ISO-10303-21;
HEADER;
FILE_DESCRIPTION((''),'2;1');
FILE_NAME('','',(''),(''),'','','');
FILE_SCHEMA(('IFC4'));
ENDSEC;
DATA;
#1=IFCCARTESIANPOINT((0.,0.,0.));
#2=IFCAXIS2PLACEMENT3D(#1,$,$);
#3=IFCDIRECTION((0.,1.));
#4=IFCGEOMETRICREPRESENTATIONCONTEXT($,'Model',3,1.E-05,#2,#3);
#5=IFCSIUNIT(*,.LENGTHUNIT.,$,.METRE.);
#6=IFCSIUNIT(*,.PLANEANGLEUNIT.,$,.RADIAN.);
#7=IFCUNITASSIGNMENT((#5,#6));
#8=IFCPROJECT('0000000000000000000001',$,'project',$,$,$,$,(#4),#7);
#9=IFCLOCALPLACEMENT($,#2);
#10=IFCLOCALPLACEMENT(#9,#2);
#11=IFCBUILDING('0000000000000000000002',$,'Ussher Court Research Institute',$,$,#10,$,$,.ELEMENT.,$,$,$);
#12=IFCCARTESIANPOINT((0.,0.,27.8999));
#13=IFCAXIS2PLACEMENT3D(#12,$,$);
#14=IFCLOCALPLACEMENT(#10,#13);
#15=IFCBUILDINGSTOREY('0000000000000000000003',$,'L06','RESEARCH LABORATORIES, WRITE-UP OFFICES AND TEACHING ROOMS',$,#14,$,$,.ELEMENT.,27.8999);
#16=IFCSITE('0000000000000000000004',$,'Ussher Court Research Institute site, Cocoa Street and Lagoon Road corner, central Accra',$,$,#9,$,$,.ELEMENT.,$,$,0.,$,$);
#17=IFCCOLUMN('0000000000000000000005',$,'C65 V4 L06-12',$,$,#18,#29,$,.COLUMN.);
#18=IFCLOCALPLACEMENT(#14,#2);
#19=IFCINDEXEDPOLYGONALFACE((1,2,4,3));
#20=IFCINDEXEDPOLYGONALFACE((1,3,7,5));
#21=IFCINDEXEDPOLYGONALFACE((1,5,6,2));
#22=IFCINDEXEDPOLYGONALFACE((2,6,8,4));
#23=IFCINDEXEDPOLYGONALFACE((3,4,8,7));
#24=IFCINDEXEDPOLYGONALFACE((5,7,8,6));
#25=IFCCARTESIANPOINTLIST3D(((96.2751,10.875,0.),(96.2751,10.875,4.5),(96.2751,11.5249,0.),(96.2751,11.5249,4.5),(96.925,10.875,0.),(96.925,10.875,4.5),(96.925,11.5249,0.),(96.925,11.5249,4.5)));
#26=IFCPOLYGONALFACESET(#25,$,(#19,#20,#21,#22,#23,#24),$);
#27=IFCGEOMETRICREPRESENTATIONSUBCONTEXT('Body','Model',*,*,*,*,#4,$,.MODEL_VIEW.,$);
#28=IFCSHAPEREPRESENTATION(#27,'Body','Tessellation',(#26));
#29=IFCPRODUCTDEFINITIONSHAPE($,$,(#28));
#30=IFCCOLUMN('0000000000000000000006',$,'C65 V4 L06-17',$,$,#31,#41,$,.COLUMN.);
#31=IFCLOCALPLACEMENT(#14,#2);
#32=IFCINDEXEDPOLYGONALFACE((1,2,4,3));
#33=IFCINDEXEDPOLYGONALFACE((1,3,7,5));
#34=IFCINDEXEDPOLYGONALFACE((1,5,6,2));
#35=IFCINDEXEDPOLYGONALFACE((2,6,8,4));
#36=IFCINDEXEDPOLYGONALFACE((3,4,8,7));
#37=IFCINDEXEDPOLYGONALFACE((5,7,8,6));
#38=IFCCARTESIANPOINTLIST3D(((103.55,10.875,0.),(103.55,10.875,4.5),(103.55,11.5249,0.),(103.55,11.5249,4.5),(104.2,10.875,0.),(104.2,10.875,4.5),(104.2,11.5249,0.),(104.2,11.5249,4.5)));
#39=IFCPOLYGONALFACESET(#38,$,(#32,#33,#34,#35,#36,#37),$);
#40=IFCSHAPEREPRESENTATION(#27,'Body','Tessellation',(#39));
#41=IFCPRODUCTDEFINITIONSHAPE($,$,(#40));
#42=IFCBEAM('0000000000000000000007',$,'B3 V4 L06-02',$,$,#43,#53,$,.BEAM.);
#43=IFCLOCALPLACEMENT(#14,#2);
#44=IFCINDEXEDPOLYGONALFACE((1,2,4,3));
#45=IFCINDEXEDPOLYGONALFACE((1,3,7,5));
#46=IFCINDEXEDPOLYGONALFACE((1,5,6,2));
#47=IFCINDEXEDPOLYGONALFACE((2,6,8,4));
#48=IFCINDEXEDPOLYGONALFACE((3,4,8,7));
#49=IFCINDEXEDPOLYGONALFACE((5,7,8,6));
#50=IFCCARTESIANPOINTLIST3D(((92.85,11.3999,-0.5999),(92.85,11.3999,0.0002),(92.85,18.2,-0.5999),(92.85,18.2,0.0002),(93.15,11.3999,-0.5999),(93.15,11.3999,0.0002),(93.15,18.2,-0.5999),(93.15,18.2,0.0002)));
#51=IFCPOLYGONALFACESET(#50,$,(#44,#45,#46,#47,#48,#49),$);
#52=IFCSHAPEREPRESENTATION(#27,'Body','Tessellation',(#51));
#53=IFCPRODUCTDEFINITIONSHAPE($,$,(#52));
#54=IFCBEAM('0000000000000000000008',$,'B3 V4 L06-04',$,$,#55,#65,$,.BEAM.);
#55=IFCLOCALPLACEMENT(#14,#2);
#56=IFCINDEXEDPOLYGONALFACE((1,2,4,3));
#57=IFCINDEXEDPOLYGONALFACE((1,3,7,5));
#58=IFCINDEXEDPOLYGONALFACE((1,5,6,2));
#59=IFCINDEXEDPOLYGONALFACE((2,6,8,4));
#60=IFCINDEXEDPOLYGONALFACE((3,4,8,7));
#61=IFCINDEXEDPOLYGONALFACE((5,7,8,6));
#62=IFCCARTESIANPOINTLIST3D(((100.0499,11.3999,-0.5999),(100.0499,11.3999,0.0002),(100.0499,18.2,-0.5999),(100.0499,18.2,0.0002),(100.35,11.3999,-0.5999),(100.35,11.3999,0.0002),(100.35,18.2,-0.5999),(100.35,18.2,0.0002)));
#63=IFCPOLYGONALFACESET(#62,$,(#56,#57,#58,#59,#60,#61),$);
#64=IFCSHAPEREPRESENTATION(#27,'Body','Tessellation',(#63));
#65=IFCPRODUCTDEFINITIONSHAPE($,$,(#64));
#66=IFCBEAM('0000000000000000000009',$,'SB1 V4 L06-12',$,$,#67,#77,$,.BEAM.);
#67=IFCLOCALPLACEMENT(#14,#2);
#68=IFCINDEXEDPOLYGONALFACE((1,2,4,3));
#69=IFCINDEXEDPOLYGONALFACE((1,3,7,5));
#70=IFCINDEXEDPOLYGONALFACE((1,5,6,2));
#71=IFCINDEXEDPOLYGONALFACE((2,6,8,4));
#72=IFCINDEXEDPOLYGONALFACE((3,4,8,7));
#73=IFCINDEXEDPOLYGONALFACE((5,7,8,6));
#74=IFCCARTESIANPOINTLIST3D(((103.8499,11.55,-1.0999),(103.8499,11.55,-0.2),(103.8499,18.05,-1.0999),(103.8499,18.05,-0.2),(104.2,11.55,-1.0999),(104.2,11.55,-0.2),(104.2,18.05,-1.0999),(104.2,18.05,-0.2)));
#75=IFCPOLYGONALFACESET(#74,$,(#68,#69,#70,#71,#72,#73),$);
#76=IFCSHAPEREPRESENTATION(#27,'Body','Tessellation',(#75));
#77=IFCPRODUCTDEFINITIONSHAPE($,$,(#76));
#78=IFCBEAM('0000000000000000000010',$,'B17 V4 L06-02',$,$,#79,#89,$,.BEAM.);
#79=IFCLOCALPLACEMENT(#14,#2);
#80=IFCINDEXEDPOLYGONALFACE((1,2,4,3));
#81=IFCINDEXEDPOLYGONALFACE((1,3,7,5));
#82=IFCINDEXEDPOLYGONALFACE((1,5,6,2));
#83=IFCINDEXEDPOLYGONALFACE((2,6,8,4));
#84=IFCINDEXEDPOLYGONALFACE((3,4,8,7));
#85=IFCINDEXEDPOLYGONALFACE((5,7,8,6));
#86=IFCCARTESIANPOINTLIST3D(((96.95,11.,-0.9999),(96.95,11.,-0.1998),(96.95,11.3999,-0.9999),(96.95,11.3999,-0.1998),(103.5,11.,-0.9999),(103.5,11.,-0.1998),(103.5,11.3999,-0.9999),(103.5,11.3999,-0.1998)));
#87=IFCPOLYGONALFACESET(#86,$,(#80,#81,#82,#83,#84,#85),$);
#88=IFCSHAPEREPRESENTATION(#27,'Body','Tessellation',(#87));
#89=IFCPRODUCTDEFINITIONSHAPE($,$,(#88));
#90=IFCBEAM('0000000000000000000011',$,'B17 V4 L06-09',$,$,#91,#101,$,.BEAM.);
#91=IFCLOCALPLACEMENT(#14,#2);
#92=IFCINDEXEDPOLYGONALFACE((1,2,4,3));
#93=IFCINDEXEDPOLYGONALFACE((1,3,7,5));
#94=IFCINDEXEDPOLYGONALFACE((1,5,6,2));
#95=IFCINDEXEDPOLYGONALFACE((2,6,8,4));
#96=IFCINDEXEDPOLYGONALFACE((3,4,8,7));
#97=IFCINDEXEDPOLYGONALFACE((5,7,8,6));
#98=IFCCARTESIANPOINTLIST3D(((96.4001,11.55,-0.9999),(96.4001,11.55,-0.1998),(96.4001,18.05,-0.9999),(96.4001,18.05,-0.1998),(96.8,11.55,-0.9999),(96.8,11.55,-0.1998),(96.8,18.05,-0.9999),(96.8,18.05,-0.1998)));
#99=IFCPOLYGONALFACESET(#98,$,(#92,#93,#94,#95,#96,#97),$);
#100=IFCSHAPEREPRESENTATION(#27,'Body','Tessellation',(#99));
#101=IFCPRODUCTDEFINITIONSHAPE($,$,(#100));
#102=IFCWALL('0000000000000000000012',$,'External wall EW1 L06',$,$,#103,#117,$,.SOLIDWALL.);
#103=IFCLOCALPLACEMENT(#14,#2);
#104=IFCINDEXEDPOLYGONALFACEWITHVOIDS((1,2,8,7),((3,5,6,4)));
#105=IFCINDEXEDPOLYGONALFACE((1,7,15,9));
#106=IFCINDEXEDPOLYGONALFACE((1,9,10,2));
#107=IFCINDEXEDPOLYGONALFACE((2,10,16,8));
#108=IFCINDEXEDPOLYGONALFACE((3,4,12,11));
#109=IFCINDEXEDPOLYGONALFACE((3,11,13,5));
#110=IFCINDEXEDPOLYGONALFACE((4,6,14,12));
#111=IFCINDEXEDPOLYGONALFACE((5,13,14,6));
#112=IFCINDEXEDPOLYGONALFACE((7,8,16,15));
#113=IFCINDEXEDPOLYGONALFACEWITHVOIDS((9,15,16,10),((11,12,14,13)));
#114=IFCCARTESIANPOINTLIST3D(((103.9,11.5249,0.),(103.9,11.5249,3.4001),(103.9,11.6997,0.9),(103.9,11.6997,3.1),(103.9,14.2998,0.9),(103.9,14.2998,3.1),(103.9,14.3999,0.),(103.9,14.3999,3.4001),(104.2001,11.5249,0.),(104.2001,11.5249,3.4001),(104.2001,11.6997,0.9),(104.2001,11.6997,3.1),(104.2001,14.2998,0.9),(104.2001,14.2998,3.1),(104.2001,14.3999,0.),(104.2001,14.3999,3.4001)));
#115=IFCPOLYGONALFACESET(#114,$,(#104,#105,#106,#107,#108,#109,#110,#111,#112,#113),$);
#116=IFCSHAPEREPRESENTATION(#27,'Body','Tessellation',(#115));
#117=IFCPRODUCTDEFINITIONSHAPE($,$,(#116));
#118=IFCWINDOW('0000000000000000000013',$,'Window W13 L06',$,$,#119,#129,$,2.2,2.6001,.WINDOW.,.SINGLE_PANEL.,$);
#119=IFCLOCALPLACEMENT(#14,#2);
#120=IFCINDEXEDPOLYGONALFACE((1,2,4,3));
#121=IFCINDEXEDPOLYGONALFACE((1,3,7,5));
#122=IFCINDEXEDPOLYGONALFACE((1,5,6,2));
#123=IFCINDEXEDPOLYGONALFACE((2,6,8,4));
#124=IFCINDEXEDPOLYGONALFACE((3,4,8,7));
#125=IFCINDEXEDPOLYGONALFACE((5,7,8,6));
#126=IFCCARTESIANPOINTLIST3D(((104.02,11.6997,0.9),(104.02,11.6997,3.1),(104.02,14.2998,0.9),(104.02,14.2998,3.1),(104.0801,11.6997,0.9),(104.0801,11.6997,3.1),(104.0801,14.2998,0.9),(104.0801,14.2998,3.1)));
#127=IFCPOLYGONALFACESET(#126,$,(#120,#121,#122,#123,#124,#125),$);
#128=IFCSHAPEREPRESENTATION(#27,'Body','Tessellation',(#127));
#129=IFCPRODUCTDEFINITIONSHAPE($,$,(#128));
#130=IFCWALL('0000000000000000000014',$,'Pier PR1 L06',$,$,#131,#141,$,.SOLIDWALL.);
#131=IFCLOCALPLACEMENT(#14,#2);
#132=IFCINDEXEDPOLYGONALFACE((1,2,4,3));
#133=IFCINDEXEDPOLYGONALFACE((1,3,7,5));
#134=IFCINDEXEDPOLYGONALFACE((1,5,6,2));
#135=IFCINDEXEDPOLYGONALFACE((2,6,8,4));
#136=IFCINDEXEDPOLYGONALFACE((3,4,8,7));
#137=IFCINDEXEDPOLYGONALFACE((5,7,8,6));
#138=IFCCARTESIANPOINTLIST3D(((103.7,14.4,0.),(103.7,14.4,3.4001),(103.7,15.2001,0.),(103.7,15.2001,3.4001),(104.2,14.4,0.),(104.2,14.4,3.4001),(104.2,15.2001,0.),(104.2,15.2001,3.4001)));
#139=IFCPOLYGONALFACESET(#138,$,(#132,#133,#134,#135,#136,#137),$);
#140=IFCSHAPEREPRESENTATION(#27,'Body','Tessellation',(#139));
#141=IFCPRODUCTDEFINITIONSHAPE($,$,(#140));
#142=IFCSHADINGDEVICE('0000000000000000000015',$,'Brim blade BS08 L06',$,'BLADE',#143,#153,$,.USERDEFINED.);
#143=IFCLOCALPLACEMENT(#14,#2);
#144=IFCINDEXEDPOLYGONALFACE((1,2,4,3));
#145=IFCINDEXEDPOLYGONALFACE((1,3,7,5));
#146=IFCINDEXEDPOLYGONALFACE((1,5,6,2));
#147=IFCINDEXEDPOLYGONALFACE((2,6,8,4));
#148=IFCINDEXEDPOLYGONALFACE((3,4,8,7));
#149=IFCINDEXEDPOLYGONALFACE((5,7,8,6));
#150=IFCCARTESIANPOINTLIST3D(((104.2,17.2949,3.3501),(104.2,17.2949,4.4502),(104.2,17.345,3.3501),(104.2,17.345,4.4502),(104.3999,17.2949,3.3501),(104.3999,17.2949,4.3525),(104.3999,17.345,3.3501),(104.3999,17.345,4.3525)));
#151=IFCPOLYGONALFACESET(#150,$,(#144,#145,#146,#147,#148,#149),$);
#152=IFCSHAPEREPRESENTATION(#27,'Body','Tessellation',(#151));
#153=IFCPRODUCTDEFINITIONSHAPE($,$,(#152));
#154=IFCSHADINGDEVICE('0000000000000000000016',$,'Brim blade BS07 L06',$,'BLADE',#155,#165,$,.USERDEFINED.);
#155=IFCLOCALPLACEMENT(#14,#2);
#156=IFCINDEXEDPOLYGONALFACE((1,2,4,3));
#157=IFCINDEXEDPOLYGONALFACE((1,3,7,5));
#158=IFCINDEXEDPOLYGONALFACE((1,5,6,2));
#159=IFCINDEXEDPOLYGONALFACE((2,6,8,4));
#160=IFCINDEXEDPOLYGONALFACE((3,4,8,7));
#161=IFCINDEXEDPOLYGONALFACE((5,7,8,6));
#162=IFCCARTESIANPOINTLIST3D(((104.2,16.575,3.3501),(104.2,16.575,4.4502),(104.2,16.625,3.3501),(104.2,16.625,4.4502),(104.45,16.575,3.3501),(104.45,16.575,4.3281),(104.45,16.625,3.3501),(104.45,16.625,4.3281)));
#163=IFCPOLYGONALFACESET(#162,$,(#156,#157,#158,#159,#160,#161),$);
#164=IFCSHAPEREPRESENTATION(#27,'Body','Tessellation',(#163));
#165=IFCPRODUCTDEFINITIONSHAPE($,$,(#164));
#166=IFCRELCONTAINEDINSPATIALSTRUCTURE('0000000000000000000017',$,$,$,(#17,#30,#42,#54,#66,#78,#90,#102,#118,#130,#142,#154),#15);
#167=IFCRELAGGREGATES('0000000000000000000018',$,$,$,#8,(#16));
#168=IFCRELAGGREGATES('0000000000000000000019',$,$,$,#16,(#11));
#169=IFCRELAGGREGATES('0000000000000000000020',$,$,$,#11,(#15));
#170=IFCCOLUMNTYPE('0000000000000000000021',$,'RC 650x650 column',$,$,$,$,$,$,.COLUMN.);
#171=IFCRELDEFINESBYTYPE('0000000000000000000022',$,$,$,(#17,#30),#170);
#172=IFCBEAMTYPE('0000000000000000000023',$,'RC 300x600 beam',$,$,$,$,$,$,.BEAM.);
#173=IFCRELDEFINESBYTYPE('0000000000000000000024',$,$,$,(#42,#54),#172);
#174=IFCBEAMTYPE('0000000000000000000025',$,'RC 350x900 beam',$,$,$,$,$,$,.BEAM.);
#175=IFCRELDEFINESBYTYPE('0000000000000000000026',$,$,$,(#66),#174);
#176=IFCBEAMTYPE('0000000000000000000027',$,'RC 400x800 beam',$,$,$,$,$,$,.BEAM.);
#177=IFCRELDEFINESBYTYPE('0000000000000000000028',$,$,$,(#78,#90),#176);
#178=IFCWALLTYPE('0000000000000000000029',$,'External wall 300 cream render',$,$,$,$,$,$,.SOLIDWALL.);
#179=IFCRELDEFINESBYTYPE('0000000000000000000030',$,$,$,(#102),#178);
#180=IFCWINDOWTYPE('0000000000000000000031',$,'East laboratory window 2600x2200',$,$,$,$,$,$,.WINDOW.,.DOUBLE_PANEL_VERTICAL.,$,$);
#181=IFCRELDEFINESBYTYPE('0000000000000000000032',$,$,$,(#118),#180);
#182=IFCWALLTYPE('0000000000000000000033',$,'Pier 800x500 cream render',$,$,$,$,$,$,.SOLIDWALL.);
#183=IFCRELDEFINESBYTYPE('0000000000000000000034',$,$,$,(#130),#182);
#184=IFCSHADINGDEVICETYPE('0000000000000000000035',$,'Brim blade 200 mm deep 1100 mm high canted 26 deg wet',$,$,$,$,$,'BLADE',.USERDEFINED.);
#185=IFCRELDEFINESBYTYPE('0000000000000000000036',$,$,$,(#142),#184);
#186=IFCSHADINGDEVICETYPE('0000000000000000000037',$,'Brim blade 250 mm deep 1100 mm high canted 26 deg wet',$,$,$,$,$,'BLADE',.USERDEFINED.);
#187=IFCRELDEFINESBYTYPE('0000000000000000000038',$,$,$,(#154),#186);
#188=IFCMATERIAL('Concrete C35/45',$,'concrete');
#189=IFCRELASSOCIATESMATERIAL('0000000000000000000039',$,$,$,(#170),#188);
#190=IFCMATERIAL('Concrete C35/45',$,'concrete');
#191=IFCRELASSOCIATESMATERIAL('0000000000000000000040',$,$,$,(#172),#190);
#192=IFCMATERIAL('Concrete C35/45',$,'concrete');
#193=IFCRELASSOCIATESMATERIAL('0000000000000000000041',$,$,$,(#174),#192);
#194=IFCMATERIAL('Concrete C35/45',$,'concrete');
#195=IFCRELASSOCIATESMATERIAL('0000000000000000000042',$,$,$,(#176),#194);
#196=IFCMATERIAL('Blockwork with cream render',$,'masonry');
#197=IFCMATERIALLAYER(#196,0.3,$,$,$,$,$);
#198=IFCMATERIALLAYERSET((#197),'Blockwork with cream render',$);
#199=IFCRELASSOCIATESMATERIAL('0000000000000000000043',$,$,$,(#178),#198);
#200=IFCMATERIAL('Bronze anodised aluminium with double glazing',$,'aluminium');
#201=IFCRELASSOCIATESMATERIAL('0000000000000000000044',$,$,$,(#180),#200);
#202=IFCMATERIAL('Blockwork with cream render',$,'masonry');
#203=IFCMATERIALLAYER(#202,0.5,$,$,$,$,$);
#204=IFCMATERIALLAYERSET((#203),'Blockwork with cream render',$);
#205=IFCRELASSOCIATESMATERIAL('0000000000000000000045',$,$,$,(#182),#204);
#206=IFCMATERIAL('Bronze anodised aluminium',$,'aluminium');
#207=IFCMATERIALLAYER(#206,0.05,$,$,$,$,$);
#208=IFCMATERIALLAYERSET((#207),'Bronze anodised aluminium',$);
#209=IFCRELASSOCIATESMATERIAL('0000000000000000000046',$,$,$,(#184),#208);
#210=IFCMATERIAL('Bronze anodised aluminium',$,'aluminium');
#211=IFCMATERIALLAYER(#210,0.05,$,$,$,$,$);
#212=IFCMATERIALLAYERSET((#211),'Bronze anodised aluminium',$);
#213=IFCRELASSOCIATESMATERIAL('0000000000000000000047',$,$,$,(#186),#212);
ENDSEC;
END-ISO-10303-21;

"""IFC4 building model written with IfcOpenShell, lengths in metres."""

from ifc_helpers import new_model, si_unit, direction, frame, frame_2d, origin, origin_2d, place, context, subcontext, project, spatial, polyline, rectangle, outline, extrude, material, layer, layer_set, material_profile, profile_set, type_object, element, fill, save


model = new_model("IFC4")

# Units and contexts
model_context = context("Model", 3, precision=1e-05, world=origin(), true_north=direction((0.0, 1.0)))
body_context = subcontext(model_context, "Body", "Model", "MODEL_VIEW")
ifc_project = project(units=[si_unit("LENGTHUNIT", "METRE"), si_unit("PLANEANGLEUNIT", "RADIAN")], contexts=[model_context])

# Site, building, storey
site_placement = place(None, origin())
site = spatial("IfcSite", under=ifc_project, at=site_placement, Name="Ussher Court Research Institute site, Cocoa Street and Lagoon Road corner, central Accra", CompositionType="ELEMENT", RefElevation=0.0)
building_placement = place(site_placement, origin())
building = spatial("IfcBuilding", under=site, at=building_placement, Name="Ussher Court Research Institute", CompositionType="ELEMENT")
storey_placement = place(building_placement, frame((0.0, 0.0, 27.8999)))
storey = spatial("IfcBuildingStorey", under=building, at=storey_placement, Name="L06", Description="RESEARCH LABORATORIES, WRITE-UP OFFICES AND TEACHING ROOMS", CompositionType="ELEMENT", Elevation=27.8999)

# Columns
ifc_material_1 = material(Name="Concrete C35/45", Category="concrete")
ifc_material_profile_1 = material_profile(ifc_material_1, rectangle(XDim=0.6499, YDim=0.6499, at=origin_2d()), Name="RC 650x650")
ifc_profile_set_1 = profile_set([ifc_material_profile_1], Name="Concrete C35/45")
column_type = type_object("IfcColumnType", Name="RC 650x650 column", PredefinedType="COLUMN", material=ifc_profile_set_1)
for number, where, z_axis, x_axis, name in (
    (1, (96.6001, 11.2, 0.0), (0.0, 0.0, 1.0), (1.0, 0.0, 0.0), "C65 V4 L06-12"),
    (2, (103.875, 11.2, 0.0), (0.0, 0.0, 1.0), (1.0, 0.0, 0.0), "C65 V4 L06-17"),
):
    element("IfcColumn", number, at=place(storey_placement, frame(where, z_axis=z_axis, x_axis=x_axis)), inside=storey, type_object=column_type, Name=name, PredefinedType="COLUMN", context=body_context, shape_type="SweptSolid", body=[
        extrude(rectangle(XDim=0.6499, YDim=0.6499, at=origin_2d()), origin(), (0.0, 0.0, 1.0), 4.5),
    ])

# Beams
ifc_material_2 = material(Name="Concrete C35/45", Category="concrete")
ifc_material_profile_2 = material_profile(ifc_material_2, rectangle(XDim=0.3, YDim=0.6001, at=origin_2d()), Name="RC 300x600")
ifc_profile_set_2 = profile_set([ifc_material_profile_2], Name="Concrete C35/45")
beam_type_1 = type_object("IfcBeamType", Name="RC 300x600 beam", PredefinedType="BEAM", material=ifc_profile_set_2)
for number, where, z_axis, x_axis, name in (
    (3, (93.0, 11.3999, -0.2998), (0.0, 1.0, 0.0), (-1.0, 0.0, 0.0), "B3 V4 L06-02"),
    (4, (100.2, 11.3999, -0.2998), (0.0, 1.0, 0.0), (-1.0, 0.0, 0.0), "B3 V4 L06-04"),
):
    element("IfcBeam", number, at=place(storey_placement, frame(where, z_axis=z_axis, x_axis=x_axis)), inside=storey, type_object=beam_type_1, Name=name, PredefinedType="BEAM", context=body_context, shape_type="SweptSolid", body=[
        extrude(rectangle(XDim=0.3, YDim=0.6001, at=origin_2d()), origin(), (0.0, 0.0, 1.0), 6.8),
    ])
ifc_material_3 = material(Name="Concrete C35/45", Category="concrete")
ifc_material_profile_3 = material_profile(ifc_material_3, rectangle(XDim=0.3501, YDim=0.8999, at=origin_2d()), Name="RC 350x900")
ifc_profile_set_3 = profile_set([ifc_material_profile_3], Name="Concrete C35/45")
beam_type_2 = type_object("IfcBeamType", Name="RC 350x900 beam", PredefinedType="BEAM", material=ifc_profile_set_3)
beam_1_placement = place(storey_placement, frame((104.0249, 11.55, -0.6499), z_axis=(0.0, 1.0, 0.0), x_axis=(-1.0, 0.0, 0.0)))
element("IfcBeam", 5, at=beam_1_placement, inside=storey, type_object=beam_type_2, Name="SB1 V4 L06-12", PredefinedType="BEAM", context=body_context, shape_type="SweptSolid", body=[
    extrude(rectangle(XDim=0.3501, YDim=0.8999, at=origin_2d()), origin(), (0.0, 0.0, 1.0), 6.5),
])
ifc_material_4 = material(Name="Concrete C35/45", Category="concrete")
ifc_material_profile_4 = material_profile(ifc_material_4, rectangle(XDim=0.3999, YDim=0.8, at=origin_2d()), Name="RC 400x800")
ifc_profile_set_4 = profile_set([ifc_material_profile_4], Name="Concrete C35/45")
beam_type_3 = type_object("IfcBeamType", Name="RC 400x800 beam", PredefinedType="BEAM", material=ifc_profile_set_4)
beam_2_placement = place(storey_placement, frame((96.95, 11.2, -0.5999), z_axis=(1.0, 0.0, 0.0), x_axis=(0.0, 1.0, 0.0)))
element("IfcBeam", 6, at=beam_2_placement, inside=storey, type_object=beam_type_3, Name="B17 V4 L06-02", PredefinedType="BEAM", context=body_context, shape_type="SweptSolid", body=[
    extrude(rectangle(XDim=0.3999, YDim=0.8, at=origin_2d()), origin(), (0.0, 0.0, 1.0), 6.55),
])
beam_3_placement = place(storey_placement, frame((96.6001, 11.55, -0.5999), z_axis=(0.0, 1.0, 0.0), x_axis=(-1.0, 0.0, 0.0)))
element("IfcBeam", 7, at=beam_3_placement, inside=storey, type_object=beam_type_3, Name="B17 V4 L06-09", PredefinedType="BEAM", context=body_context, shape_type="SweptSolid", body=[
    extrude(rectangle(XDim=0.3999, YDim=0.8, at=origin_2d()), origin(), (0.0, 0.0, 1.0), 6.5),
])

# Wall, opening, window
ifc_material_5 = material(Name="Blockwork with cream render", Category="masonry")
ifc_layer_1 = layer(ifc_material_5, 0.3)
ifc_layer_set_1 = layer_set([ifc_layer_1], Name="Blockwork with cream render")
wall_type_1 = type_object("IfcWallType", Name="External wall 300 cream render", PredefinedType="SOLIDWALL", material=ifc_layer_set_1)
wall_1_placement = place(storey_placement, frame((104.05, 14.3999, 0.0), z_axis=(0.0, 0.0, 1.0), x_axis=(0.0, -1.0, 0.0)))
wall_1 = element("IfcWall", 8, at=wall_1_placement, inside=storey, type_object=wall_type_1, Name="External wall EW1 L06", PredefinedType="SOLIDWALL", context=body_context, shape_type="SweptSolid", body=[
    extrude(rectangle(XDim=2.875, YDim=0.3, at=frame_2d((1.4375, 0.0))), origin(), (0.0, 0.0, 1.0), 3.4001),
])
opening_placement = place(wall_1_placement, frame((0.1001, 0.0, 0.8999)))
opening = element("IfcOpeningElement", 9, at=opening_placement, cuts=wall_1, PredefinedType="OPENING", context=body_context, shape_type="SweptSolid", body=[
    extrude(rectangle(XDim=2.6001, YDim=2.2, at=frame_2d((1.3, 1.1001))), frame((0.0, 0.1602, 0.0), z_axis=(0.0, -1.0, 0.0), x_axis=(1.0, 0.0, 0.0)), (0.0, 0.0, 1.0), 0.3201),
])
ifc_material_6 = material(Name="Bronze anodised aluminium with double glazing", Category="aluminium")
window_type = type_object("IfcWindowType", Name="East laboratory window 2600x2200", PartitioningType="DOUBLE_PANEL_VERTICAL", PredefinedType="WINDOW", material=ifc_material_6)
window_placement = place(opening_placement, origin())
window = element("IfcWindow", 10, at=window_placement, inside=storey, type_object=window_type, Name="Window W13 L06", OverallHeight=2.2, OverallWidth=2.6001, PartitioningType="SINGLE_PANEL", PredefinedType="WINDOW", context=body_context, shape_type="SweptSolid", body=[
    extrude(rectangle(XDim=2.6001, YDim=2.2, at=frame_2d((1.3, 1.1001))), frame((0.0, 0.03, 0.0), z_axis=(0.0, -1.0, 0.0), x_axis=(1.0, 0.0, 0.0)), (0.0, 0.0, 1.0), 0.0601),
])
fill(opening, window)

# Wall
ifc_material_7 = material(Name="Blockwork with cream render", Category="masonry")
ifc_layer_2 = layer(ifc_material_7, 0.5)
ifc_layer_set_2 = layer_set([ifc_layer_2], Name="Blockwork with cream render")
wall_type_2 = type_object("IfcWallType", Name="Pier 800x500 cream render", PredefinedType="SOLIDWALL", material=ifc_layer_set_2)
wall_2_placement = place(storey_placement, frame((103.95, 15.2, 0.0), z_axis=(0.0, 0.0, 1.0), x_axis=(0.0, -1.0, 0.0)))
element("IfcWall", 11, at=wall_2_placement, inside=storey, type_object=wall_type_2, Name="Pier PR1 L06", PredefinedType="SOLIDWALL", context=body_context, shape_type="SweptSolid", body=[
    extrude(rectangle(XDim=0.8, YDim=0.5, at=frame_2d((0.3999, 0.0))), origin(), (0.0, 0.0, 1.0), 3.4001),
])

# Shading devices
ifc_material_8 = material(Name="Bronze anodised aluminium", Category="aluminium")
ifc_layer_3 = layer(ifc_material_8, 0.05)
ifc_layer_set_3 = layer_set([ifc_layer_3], Name="Bronze anodised aluminium")
shading_device_type_1 = type_object("IfcShadingDeviceType", Name="Brim blade 200 mm deep 1100 mm high canted 26 deg wet", ElementType="BLADE", PredefinedType="USERDEFINED", material=ifc_layer_set_3)
shading_device_1_placement = place(storey_placement, frame((104.2, 17.3201, 3.3501), z_axis=(0.0, 0.0, 1.0), x_axis=(1.0, 0.0, 0.0)))
element("IfcShadingDevice", 12, at=shading_device_1_placement, inside=storey, type_object=shading_device_type_1, Name="Brim blade BS08 L06", ObjectType="BLADE", PredefinedType="USERDEFINED", context=body_context, shape_type="SweptSolid", body=[
    extrude(outline(polyline([(0.0, 0.0), (0.2, 0.0), (0.2, 1.0024), (0.0, 1.1001), (0.0, 0.0)])), frame((0.0, 0.0249, 0.0), z_axis=(0.0, -1.0, 0.0), x_axis=(1.0, 0.0, 0.0)), (0.0, 0.0, 1.0), 0.05),
])
ifc_material_9 = material(Name="Bronze anodised aluminium", Category="aluminium")
ifc_layer_4 = layer(ifc_material_9, 0.05)
ifc_layer_set_4 = layer_set([ifc_layer_4], Name="Bronze anodised aluminium")
shading_device_type_2 = type_object("IfcShadingDeviceType", Name="Brim blade 250 mm deep 1100 mm high canted 26 deg wet", ElementType="BLADE", PredefinedType="USERDEFINED", material=ifc_layer_set_4)
shading_device_2_placement = place(storey_placement, frame((104.2, 16.6001, 3.3501), z_axis=(0.0, 0.0, 1.0), x_axis=(1.0, 0.0, 0.0)))
element("IfcShadingDevice", 13, at=shading_device_2_placement, inside=storey, type_object=shading_device_type_2, Name="Brim blade BS07 L06", ObjectType="BLADE", PredefinedType="USERDEFINED", context=body_context, shape_type="SweptSolid", body=[
    extrude(outline(polyline([(0.0, 0.0), (0.25, 0.0), (0.25, 0.978), (0.0, 1.1001), (0.0, 0.0)])), frame((0.0, 0.0249, 0.0), z_axis=(0.0, -1.0, 0.0), x_axis=(1.0, 0.0, 0.0)), (0.0, 0.0, 1.0), 0.05),
])

save(model, "model.ifc")
